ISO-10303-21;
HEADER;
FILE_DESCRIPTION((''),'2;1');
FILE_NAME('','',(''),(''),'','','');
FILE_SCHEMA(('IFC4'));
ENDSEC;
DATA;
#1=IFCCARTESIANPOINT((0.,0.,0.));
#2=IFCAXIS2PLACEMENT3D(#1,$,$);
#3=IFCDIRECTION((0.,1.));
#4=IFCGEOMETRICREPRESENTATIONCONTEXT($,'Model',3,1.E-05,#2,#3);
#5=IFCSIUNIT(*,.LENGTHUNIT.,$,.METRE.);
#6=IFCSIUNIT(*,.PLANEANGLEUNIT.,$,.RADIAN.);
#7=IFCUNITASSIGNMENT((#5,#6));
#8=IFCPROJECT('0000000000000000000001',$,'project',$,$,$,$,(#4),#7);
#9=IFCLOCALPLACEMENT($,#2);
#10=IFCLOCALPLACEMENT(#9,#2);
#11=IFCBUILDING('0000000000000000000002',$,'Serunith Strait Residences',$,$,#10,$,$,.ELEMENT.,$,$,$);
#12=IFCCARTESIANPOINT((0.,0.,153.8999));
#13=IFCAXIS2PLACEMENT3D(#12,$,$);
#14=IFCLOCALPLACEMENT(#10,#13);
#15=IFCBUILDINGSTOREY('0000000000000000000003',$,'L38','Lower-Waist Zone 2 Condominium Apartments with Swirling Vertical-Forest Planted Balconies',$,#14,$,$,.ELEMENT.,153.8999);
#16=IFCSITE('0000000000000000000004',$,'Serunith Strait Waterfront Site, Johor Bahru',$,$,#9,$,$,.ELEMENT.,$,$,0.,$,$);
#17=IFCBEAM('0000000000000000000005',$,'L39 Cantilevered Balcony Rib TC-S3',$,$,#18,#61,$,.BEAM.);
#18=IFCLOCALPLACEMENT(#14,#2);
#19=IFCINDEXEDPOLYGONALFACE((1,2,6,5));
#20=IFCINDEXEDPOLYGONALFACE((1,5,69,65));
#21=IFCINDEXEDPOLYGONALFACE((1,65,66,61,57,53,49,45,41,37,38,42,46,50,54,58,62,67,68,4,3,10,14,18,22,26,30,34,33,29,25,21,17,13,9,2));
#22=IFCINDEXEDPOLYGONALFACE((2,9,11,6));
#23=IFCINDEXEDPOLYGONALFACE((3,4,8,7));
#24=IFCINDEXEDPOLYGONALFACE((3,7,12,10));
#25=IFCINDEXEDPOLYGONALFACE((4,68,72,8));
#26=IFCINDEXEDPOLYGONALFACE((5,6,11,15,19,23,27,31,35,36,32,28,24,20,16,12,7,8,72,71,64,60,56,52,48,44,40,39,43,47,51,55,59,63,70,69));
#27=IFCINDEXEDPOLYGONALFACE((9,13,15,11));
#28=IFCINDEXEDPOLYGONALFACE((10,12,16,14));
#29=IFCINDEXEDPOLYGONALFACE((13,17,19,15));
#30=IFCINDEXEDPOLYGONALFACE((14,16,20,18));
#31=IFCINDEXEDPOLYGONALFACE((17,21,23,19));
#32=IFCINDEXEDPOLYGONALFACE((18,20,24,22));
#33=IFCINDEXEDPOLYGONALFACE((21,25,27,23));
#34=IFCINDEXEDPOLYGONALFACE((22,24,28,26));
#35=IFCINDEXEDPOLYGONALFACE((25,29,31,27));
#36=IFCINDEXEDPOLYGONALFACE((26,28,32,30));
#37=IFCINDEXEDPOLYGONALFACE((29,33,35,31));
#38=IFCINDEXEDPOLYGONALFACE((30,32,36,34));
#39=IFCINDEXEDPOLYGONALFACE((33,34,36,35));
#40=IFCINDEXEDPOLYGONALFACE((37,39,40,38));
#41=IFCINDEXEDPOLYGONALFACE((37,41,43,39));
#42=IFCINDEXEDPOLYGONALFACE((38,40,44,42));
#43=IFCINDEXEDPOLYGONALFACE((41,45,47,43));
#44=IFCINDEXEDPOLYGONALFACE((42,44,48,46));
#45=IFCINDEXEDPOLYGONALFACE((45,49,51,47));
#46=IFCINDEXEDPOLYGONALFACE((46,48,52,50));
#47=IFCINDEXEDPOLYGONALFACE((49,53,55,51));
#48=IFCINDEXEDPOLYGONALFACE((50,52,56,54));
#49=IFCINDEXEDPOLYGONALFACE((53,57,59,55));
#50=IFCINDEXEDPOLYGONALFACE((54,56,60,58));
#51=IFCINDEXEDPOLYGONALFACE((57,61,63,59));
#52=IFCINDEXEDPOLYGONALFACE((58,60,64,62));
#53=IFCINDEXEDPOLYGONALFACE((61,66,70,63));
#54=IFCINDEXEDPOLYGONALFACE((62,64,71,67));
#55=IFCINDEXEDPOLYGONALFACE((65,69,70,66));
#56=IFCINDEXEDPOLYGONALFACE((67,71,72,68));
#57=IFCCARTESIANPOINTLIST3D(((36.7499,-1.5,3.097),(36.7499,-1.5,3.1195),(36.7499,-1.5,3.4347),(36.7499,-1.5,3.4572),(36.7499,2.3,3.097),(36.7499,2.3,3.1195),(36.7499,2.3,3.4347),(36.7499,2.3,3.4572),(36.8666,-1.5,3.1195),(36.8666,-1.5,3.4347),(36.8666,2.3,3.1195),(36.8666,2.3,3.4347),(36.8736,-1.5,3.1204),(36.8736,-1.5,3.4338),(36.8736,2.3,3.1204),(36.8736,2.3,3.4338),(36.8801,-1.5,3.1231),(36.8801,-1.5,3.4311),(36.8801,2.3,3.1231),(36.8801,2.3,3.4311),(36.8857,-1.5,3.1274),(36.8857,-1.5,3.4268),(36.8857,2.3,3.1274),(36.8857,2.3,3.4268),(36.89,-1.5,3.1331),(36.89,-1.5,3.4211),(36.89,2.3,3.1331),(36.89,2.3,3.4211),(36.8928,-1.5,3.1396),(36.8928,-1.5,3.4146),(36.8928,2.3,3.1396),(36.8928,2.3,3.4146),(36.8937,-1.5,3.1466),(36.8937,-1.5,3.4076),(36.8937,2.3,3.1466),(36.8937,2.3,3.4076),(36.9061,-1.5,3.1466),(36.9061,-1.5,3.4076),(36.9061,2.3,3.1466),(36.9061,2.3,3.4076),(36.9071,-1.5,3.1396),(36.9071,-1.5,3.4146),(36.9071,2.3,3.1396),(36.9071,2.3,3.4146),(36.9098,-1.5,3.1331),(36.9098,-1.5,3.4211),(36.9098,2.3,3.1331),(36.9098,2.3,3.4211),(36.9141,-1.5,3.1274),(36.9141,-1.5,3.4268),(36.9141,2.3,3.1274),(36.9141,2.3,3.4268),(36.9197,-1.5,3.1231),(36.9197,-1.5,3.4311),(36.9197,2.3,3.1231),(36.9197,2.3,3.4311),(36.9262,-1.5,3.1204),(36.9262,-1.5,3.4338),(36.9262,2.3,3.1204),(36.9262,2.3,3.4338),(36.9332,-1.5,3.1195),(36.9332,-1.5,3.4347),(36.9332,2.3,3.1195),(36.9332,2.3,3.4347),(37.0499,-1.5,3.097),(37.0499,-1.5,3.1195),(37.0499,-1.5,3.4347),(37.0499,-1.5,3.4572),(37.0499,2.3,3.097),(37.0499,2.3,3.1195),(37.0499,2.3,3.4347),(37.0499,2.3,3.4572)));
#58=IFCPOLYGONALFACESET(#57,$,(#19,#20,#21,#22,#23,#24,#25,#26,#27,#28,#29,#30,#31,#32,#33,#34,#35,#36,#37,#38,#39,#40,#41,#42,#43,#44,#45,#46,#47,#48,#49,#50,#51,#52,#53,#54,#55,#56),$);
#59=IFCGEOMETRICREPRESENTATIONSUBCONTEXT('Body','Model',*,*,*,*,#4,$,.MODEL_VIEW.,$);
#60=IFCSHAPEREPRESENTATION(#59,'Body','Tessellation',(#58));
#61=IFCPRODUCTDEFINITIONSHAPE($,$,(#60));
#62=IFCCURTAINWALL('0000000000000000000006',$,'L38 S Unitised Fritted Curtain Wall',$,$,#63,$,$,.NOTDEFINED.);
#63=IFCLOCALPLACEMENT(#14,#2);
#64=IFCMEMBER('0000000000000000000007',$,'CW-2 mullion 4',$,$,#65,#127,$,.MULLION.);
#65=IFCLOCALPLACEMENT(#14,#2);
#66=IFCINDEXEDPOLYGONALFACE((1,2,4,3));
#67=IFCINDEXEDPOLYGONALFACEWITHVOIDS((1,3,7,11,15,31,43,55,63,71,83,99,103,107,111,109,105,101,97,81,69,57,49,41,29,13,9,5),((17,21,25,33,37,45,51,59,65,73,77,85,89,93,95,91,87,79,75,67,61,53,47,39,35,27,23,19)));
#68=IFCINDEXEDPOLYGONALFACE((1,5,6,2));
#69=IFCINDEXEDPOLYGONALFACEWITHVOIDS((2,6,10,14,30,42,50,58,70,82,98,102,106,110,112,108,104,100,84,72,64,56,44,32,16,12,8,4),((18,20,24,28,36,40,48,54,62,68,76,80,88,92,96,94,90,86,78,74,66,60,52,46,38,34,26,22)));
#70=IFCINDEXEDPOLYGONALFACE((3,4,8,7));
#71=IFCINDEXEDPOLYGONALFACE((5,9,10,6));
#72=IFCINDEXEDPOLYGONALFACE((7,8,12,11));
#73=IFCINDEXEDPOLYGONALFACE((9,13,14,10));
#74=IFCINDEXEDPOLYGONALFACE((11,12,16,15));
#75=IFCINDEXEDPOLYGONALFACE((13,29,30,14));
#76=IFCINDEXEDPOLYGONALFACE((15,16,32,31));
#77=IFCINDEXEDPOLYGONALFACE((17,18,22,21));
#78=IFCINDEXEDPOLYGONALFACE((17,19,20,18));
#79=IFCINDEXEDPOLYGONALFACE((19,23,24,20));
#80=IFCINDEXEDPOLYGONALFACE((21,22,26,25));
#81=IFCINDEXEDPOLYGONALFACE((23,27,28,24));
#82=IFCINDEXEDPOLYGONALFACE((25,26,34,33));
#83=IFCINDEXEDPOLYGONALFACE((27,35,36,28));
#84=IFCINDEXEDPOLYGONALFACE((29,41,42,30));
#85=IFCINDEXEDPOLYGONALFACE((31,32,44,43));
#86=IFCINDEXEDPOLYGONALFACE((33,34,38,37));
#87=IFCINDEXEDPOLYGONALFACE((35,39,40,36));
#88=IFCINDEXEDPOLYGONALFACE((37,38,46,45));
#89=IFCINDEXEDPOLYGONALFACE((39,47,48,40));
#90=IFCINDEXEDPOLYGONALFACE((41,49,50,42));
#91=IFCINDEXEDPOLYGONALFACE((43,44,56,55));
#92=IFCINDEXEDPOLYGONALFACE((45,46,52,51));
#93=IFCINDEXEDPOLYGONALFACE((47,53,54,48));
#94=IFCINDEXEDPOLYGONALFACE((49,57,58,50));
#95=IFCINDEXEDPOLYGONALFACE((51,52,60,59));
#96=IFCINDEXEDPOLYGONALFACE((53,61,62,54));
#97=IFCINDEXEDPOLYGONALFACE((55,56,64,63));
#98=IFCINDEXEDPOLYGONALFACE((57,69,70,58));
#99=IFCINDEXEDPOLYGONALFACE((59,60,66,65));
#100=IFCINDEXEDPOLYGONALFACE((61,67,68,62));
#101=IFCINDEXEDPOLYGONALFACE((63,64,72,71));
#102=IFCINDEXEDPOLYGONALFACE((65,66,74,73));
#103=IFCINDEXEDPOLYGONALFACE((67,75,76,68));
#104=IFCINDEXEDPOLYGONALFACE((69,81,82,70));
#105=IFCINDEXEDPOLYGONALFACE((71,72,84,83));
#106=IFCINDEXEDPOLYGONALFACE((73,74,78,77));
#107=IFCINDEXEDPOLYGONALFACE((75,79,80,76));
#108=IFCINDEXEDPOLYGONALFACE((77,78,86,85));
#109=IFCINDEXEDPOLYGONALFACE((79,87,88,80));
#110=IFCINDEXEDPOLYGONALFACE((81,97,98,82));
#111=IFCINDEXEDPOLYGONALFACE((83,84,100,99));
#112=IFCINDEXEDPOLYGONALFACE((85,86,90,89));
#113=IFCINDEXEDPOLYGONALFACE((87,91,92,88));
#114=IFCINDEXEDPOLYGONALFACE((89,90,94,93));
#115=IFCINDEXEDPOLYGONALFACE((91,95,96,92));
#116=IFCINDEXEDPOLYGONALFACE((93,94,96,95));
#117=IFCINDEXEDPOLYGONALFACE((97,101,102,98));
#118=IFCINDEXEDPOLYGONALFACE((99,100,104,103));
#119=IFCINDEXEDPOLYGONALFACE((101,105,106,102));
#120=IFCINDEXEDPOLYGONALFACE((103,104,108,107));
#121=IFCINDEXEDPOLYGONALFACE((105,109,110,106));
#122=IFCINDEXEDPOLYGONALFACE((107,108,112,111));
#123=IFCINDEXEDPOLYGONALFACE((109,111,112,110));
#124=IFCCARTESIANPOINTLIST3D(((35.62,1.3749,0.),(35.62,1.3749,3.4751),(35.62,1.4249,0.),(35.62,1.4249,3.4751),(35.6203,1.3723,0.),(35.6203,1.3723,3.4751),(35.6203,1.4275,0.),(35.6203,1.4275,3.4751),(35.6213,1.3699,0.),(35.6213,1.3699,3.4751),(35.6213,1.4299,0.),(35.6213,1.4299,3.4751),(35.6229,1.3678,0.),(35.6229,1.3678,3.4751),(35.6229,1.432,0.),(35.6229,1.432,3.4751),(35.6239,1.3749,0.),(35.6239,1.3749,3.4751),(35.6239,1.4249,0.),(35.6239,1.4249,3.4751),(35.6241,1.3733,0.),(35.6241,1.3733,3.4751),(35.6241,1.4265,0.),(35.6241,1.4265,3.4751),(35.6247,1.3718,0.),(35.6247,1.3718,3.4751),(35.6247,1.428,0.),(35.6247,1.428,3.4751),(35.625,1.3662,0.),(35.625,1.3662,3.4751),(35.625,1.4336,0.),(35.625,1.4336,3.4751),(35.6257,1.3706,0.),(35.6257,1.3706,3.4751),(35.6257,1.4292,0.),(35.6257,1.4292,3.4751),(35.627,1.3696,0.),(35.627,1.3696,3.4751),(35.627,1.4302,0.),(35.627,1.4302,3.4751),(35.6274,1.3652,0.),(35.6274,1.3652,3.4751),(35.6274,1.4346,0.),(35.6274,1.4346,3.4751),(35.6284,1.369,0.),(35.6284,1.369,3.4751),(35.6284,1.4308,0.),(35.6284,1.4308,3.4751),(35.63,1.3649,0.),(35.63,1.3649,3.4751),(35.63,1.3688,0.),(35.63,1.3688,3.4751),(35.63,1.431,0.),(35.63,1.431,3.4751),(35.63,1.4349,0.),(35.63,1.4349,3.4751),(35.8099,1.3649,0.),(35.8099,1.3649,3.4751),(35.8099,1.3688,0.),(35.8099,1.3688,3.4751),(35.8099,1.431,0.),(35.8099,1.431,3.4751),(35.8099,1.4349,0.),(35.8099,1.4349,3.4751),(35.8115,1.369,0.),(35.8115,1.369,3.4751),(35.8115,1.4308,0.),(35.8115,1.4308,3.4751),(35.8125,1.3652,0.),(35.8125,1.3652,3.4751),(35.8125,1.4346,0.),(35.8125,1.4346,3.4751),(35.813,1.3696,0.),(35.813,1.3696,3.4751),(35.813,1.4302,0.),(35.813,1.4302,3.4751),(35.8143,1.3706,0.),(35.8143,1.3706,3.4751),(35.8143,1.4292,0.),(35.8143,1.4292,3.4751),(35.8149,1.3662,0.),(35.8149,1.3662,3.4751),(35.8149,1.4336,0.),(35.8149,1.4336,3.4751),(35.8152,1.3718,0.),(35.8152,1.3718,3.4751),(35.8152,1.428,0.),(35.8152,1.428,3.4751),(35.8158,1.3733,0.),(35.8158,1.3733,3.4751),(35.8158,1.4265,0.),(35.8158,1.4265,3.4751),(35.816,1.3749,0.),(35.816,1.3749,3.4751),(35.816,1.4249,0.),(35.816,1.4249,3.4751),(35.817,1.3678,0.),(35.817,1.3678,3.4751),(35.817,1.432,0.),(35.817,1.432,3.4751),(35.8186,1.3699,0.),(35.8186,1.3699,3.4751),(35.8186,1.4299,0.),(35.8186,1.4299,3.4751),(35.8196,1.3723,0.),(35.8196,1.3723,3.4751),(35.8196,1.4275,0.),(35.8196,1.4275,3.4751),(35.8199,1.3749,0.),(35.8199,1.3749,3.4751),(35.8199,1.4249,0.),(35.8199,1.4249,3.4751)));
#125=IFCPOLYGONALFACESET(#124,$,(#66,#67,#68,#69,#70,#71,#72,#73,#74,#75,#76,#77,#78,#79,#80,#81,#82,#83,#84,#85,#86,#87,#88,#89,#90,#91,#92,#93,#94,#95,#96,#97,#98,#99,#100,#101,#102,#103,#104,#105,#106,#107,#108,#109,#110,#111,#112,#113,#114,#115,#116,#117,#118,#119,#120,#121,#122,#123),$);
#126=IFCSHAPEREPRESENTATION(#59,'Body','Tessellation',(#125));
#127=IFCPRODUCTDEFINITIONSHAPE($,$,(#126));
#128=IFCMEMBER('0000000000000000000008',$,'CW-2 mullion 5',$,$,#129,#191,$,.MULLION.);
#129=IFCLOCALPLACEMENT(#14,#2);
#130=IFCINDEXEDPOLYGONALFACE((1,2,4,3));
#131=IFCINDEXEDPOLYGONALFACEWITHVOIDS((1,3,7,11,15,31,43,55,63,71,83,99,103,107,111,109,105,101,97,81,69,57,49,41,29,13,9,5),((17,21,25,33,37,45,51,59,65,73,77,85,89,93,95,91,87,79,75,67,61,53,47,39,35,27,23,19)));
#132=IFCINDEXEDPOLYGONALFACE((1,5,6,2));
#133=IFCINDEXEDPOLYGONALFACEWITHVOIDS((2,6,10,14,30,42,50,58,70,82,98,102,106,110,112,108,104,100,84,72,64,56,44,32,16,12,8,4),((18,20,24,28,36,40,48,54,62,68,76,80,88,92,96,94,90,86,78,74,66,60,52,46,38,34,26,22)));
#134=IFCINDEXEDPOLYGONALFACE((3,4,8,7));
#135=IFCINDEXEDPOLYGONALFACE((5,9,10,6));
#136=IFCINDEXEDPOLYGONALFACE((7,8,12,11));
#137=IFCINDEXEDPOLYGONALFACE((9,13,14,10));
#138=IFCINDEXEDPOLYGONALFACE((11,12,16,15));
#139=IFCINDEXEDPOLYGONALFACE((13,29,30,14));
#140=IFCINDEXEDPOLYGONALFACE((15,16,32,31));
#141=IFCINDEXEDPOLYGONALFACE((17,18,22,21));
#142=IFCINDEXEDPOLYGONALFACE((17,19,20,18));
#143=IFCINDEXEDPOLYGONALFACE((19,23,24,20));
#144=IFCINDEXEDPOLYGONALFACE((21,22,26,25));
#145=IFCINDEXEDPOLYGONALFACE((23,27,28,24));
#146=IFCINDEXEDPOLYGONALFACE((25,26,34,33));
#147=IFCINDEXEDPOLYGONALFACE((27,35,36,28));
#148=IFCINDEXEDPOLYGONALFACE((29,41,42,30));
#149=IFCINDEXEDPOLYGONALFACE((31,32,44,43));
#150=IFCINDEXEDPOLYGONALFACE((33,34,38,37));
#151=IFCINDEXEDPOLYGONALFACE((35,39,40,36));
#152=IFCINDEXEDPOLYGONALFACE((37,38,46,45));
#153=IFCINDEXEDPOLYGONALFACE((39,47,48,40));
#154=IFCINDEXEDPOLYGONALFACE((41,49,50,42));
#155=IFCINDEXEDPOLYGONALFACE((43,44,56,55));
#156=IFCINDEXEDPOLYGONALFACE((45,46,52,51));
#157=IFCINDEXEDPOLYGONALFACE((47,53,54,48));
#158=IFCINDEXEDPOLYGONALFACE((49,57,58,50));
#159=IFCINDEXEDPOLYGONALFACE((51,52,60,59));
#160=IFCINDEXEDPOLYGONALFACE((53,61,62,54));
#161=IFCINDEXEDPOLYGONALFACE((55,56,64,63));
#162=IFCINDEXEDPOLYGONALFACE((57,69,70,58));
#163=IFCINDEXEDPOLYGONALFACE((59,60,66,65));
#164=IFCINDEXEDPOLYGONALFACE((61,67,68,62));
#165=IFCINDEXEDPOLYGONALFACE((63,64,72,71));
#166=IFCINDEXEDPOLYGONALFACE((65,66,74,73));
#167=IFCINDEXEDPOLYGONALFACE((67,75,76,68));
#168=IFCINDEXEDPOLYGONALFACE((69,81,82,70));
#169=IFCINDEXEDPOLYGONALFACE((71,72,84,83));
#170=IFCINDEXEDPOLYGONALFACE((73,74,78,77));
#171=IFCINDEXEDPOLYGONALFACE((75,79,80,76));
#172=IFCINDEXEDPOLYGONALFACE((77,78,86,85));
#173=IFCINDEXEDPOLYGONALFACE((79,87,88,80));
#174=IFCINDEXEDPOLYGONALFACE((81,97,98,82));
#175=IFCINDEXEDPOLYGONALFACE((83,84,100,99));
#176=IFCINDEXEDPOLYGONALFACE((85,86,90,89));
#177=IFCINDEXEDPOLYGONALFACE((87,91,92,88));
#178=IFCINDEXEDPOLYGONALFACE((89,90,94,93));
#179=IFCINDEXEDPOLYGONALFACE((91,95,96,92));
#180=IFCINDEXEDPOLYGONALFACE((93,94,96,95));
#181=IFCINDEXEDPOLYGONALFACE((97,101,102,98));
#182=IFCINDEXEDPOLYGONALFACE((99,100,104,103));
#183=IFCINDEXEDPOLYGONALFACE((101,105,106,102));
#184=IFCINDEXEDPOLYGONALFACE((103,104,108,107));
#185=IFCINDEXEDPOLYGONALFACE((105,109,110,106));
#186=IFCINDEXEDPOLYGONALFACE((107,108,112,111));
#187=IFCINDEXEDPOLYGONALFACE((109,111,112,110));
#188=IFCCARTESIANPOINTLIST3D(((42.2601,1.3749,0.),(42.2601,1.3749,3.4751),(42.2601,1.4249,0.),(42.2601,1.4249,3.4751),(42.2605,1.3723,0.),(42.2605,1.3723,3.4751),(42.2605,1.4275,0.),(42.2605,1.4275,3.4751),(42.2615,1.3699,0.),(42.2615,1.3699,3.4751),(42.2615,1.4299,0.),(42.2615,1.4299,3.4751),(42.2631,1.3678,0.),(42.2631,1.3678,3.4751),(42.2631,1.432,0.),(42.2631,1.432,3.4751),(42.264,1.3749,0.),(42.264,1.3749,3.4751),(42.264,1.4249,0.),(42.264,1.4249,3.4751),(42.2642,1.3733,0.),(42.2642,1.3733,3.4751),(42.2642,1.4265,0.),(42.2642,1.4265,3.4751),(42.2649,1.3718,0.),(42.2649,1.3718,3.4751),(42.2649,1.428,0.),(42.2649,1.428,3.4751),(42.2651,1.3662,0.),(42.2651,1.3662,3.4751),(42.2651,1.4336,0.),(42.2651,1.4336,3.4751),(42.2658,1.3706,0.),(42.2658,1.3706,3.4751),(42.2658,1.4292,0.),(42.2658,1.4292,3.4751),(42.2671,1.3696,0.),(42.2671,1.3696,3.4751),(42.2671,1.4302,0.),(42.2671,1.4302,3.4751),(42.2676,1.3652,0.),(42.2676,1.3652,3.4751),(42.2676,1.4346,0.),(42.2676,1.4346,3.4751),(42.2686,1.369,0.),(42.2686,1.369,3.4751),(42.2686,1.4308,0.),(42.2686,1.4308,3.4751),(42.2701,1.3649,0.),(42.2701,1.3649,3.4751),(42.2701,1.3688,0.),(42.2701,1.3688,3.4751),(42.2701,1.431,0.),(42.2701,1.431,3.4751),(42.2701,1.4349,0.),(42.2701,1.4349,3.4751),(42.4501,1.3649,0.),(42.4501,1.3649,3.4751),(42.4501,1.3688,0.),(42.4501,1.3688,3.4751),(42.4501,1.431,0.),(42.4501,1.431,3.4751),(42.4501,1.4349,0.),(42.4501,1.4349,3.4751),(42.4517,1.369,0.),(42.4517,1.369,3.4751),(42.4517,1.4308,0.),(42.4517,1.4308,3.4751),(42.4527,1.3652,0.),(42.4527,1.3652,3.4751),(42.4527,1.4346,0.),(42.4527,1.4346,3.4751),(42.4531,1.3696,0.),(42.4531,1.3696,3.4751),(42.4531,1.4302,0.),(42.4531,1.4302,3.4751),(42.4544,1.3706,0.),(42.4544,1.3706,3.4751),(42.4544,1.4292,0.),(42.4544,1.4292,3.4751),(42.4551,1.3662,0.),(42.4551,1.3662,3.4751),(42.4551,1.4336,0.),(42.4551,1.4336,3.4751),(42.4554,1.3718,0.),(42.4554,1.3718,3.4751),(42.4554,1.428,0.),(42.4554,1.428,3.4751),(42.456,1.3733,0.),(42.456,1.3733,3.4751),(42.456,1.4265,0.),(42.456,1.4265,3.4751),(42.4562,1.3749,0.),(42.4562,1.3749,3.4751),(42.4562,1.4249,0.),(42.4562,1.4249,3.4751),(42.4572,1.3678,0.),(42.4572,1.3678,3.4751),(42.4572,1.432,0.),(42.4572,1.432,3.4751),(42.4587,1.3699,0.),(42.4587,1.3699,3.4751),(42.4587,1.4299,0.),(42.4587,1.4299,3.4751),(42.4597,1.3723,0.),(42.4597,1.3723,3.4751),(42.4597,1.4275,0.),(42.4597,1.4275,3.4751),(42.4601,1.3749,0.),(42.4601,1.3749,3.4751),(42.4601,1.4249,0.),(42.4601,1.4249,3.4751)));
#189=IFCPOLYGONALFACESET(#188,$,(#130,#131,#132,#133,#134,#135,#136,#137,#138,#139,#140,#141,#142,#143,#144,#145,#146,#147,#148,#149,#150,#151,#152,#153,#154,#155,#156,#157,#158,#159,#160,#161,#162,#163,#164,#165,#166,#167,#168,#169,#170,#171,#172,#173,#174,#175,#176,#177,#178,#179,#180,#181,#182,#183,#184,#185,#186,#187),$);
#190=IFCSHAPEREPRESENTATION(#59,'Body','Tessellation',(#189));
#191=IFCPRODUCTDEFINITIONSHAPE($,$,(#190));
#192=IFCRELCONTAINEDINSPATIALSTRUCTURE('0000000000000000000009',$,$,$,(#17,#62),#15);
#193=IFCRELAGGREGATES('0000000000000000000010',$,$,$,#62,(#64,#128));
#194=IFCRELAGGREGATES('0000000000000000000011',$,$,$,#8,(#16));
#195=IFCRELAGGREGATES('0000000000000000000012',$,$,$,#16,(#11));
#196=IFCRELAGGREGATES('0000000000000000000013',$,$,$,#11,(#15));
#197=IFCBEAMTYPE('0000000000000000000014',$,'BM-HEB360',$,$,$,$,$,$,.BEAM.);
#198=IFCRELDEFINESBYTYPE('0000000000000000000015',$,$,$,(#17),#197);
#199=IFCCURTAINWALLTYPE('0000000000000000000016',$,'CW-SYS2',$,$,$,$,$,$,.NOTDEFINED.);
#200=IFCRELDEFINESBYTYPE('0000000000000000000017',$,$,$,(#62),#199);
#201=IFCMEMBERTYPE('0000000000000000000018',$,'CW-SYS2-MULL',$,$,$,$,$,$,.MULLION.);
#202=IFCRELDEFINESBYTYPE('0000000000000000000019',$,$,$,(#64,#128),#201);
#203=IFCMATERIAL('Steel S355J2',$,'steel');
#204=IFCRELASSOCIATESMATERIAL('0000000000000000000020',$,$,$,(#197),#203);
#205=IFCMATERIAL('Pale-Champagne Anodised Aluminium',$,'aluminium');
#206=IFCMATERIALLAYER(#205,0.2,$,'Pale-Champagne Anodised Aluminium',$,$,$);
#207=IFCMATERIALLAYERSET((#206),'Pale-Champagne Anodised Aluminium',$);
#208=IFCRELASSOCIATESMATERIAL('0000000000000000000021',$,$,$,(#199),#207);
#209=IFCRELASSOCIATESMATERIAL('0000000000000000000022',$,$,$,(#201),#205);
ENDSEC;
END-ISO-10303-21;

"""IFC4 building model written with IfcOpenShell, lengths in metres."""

from ifc_helpers import new_model, si_unit, direction, frame, origin, origin_2d, place, context, subcontext, project, spatial, hollow_rectangle, i_section, extrude, source, transform, mapped, material, layer, layer_set, material_profile, profile_set, type_object, element, aggregate, save


model = new_model("IFC4")

# Units and contexts
model_context = context("Model", 3, precision=1e-05, world=origin(), true_north=direction((0.0, 1.0)))
body_context = subcontext(model_context, "Body", "Model", "MODEL_VIEW")
ifc_project = project(units=[si_unit("LENGTHUNIT", "METRE"), si_unit("PLANEANGLEUNIT", "RADIAN")], contexts=[model_context])

# Site, building, storey
site_placement = place(None, origin())
site = spatial("IfcSite", under=ifc_project, at=site_placement, Name="Serunith Strait Waterfront Site, Johor Bahru", CompositionType="ELEMENT", RefElevation=0.0)
building_placement = place(site_placement, origin())
building = spatial("IfcBuilding", under=site, at=building_placement, Name="Serunith Strait Residences", CompositionType="ELEMENT")
storey_placement = place(building_placement, frame((0.0, 0.0, 153.8999)))
storey = spatial("IfcBuildingStorey", under=building, at=storey_placement, Name="L38", Description="Lower-Waist Zone 2 Condominium Apartments with Swirling Vertical-Forest Planted Balconies", CompositionType="ELEMENT", Elevation=153.8999)

# Beam
ifc_material_1 = material(Name="Steel S355J2", Category="steel")
ifc_material_profile_1 = material_profile(ifc_material_1, i_section(OverallWidth=0.3, OverallDepth=0.3601, WebThickness=0.0125, FlangeThickness=0.0225, FilletRadius=0.0271, at=origin_2d()), Name="HEB 360")
ifc_profile_set_1 = profile_set([ifc_material_profile_1], Name="Steel S355J2")
beam_type_1 = type_object("IfcBeamType", Name="BM-HEB360", PredefinedType="BEAM", material=ifc_profile_set_1)
shared_shape_1 = source(origin(), body_context, "Body", "SweptSolid", [
    extrude(i_section(OverallWidth=0.3, OverallDepth=0.3601, WebThickness=0.0125, FlangeThickness=0.0225, FilletRadius=0.0271, at=origin_2d()), origin(), (0.0, 0.0, 1.0), 3.8),
])
beam_1_placement = place(storey_placement, frame((36.8999, 2.3, 3.2771), z_axis=(0.0, -1.0, 0.0), x_axis=(1.0, 0.0, 0.0)))
element("IfcBeam", 1, at=beam_1_placement, inside=storey, type_object=beam_type_1, Name="L39 Cantilevered Balcony Rib TC-S3", PredefinedType="BEAM", context=body_context, shape_type="MappedRepresentation", body=[
    mapped(shared_shape_1, transform((0.0, 0.0, 0.0), scale=1.0)),
])

# Curtain wall, members
ifc_material_2 = material(Name="Pale-Champagne Anodised Aluminium", Category="aluminium")
ifc_layer_1 = layer(ifc_material_2, 0.2, Name="Pale-Champagne Anodised Aluminium")
ifc_layer_set_1 = layer_set([ifc_layer_1], Name="Pale-Champagne Anodised Aluminium")
curtain_wall_type = type_object("IfcCurtainWallType", Name="CW-SYS2", PredefinedType="NOTDEFINED", material=ifc_layer_set_1)
curtain_wall_placement = place(storey_placement, origin())
curtain_wall = element("IfcCurtainWall", 2, at=curtain_wall_placement, inside=storey, type_object=curtain_wall_type, Name="L38 S Unitised Fritted Curtain Wall", PredefinedType="NOTDEFINED")
ifc_material_profile_2 = material_profile(ifc_material_2, hollow_rectangle(XDim=0.0701, YDim=0.2, WallThickness=0.0039, InnerFilletRadius=0.0061, OuterFilletRadius=0.01, at=origin_2d()), Name="ALU 200x70x4")
ifc_profile_set_2 = profile_set([ifc_material_profile_2], Name="Pale-Champagne Anodised Aluminium")
member_type_1 = type_object("IfcMemberType", Name="CW-SYS2-MULL", PredefinedType="MULLION", material=ifc_profile_set_2)
shared_shape_2 = source(origin(), body_context, "Body", "SweptSolid", [
    extrude(hollow_rectangle(XDim=0.0701, YDim=0.2, WallThickness=0.0039, InnerFilletRadius=0.0061, OuterFilletRadius=0.01, at=origin_2d()), origin(), (0.0, 0.0, 1.0), 3.4751),
])
member_1_placement = place(storey_placement, frame((35.72, 1.3999, 0.0), z_axis=(0.0, 0.0, 1.0), x_axis=(0.0, 1.0, 0.0)))
member_1 = element("IfcMember", 3, at=member_1_placement, type_object=member_type_1, Name="CW-2 mullion 4", PredefinedType="MULLION", context=body_context, shape_type="MappedRepresentation", body=[
    mapped(shared_shape_2, transform((0.0, 0.0, 0.0), scale=1.0)),
])
member_2_placement = place(storey_placement, frame((42.3601, 1.3999, 0.0), z_axis=(0.0, 0.0, 1.0), x_axis=(0.0, 1.0, 0.0)))
member_2 = element("IfcMember", 4, at=member_2_placement, type_object=member_type_1, Name="CW-2 mullion 5", PredefinedType="MULLION", context=body_context, shape_type="MappedRepresentation", body=[
    mapped(shared_shape_2, transform((0.0, 0.0, 0.0), scale=1.0)),
])
aggregate(curtain_wall, [member_1, member_2])

save(model, "model.ifc")
